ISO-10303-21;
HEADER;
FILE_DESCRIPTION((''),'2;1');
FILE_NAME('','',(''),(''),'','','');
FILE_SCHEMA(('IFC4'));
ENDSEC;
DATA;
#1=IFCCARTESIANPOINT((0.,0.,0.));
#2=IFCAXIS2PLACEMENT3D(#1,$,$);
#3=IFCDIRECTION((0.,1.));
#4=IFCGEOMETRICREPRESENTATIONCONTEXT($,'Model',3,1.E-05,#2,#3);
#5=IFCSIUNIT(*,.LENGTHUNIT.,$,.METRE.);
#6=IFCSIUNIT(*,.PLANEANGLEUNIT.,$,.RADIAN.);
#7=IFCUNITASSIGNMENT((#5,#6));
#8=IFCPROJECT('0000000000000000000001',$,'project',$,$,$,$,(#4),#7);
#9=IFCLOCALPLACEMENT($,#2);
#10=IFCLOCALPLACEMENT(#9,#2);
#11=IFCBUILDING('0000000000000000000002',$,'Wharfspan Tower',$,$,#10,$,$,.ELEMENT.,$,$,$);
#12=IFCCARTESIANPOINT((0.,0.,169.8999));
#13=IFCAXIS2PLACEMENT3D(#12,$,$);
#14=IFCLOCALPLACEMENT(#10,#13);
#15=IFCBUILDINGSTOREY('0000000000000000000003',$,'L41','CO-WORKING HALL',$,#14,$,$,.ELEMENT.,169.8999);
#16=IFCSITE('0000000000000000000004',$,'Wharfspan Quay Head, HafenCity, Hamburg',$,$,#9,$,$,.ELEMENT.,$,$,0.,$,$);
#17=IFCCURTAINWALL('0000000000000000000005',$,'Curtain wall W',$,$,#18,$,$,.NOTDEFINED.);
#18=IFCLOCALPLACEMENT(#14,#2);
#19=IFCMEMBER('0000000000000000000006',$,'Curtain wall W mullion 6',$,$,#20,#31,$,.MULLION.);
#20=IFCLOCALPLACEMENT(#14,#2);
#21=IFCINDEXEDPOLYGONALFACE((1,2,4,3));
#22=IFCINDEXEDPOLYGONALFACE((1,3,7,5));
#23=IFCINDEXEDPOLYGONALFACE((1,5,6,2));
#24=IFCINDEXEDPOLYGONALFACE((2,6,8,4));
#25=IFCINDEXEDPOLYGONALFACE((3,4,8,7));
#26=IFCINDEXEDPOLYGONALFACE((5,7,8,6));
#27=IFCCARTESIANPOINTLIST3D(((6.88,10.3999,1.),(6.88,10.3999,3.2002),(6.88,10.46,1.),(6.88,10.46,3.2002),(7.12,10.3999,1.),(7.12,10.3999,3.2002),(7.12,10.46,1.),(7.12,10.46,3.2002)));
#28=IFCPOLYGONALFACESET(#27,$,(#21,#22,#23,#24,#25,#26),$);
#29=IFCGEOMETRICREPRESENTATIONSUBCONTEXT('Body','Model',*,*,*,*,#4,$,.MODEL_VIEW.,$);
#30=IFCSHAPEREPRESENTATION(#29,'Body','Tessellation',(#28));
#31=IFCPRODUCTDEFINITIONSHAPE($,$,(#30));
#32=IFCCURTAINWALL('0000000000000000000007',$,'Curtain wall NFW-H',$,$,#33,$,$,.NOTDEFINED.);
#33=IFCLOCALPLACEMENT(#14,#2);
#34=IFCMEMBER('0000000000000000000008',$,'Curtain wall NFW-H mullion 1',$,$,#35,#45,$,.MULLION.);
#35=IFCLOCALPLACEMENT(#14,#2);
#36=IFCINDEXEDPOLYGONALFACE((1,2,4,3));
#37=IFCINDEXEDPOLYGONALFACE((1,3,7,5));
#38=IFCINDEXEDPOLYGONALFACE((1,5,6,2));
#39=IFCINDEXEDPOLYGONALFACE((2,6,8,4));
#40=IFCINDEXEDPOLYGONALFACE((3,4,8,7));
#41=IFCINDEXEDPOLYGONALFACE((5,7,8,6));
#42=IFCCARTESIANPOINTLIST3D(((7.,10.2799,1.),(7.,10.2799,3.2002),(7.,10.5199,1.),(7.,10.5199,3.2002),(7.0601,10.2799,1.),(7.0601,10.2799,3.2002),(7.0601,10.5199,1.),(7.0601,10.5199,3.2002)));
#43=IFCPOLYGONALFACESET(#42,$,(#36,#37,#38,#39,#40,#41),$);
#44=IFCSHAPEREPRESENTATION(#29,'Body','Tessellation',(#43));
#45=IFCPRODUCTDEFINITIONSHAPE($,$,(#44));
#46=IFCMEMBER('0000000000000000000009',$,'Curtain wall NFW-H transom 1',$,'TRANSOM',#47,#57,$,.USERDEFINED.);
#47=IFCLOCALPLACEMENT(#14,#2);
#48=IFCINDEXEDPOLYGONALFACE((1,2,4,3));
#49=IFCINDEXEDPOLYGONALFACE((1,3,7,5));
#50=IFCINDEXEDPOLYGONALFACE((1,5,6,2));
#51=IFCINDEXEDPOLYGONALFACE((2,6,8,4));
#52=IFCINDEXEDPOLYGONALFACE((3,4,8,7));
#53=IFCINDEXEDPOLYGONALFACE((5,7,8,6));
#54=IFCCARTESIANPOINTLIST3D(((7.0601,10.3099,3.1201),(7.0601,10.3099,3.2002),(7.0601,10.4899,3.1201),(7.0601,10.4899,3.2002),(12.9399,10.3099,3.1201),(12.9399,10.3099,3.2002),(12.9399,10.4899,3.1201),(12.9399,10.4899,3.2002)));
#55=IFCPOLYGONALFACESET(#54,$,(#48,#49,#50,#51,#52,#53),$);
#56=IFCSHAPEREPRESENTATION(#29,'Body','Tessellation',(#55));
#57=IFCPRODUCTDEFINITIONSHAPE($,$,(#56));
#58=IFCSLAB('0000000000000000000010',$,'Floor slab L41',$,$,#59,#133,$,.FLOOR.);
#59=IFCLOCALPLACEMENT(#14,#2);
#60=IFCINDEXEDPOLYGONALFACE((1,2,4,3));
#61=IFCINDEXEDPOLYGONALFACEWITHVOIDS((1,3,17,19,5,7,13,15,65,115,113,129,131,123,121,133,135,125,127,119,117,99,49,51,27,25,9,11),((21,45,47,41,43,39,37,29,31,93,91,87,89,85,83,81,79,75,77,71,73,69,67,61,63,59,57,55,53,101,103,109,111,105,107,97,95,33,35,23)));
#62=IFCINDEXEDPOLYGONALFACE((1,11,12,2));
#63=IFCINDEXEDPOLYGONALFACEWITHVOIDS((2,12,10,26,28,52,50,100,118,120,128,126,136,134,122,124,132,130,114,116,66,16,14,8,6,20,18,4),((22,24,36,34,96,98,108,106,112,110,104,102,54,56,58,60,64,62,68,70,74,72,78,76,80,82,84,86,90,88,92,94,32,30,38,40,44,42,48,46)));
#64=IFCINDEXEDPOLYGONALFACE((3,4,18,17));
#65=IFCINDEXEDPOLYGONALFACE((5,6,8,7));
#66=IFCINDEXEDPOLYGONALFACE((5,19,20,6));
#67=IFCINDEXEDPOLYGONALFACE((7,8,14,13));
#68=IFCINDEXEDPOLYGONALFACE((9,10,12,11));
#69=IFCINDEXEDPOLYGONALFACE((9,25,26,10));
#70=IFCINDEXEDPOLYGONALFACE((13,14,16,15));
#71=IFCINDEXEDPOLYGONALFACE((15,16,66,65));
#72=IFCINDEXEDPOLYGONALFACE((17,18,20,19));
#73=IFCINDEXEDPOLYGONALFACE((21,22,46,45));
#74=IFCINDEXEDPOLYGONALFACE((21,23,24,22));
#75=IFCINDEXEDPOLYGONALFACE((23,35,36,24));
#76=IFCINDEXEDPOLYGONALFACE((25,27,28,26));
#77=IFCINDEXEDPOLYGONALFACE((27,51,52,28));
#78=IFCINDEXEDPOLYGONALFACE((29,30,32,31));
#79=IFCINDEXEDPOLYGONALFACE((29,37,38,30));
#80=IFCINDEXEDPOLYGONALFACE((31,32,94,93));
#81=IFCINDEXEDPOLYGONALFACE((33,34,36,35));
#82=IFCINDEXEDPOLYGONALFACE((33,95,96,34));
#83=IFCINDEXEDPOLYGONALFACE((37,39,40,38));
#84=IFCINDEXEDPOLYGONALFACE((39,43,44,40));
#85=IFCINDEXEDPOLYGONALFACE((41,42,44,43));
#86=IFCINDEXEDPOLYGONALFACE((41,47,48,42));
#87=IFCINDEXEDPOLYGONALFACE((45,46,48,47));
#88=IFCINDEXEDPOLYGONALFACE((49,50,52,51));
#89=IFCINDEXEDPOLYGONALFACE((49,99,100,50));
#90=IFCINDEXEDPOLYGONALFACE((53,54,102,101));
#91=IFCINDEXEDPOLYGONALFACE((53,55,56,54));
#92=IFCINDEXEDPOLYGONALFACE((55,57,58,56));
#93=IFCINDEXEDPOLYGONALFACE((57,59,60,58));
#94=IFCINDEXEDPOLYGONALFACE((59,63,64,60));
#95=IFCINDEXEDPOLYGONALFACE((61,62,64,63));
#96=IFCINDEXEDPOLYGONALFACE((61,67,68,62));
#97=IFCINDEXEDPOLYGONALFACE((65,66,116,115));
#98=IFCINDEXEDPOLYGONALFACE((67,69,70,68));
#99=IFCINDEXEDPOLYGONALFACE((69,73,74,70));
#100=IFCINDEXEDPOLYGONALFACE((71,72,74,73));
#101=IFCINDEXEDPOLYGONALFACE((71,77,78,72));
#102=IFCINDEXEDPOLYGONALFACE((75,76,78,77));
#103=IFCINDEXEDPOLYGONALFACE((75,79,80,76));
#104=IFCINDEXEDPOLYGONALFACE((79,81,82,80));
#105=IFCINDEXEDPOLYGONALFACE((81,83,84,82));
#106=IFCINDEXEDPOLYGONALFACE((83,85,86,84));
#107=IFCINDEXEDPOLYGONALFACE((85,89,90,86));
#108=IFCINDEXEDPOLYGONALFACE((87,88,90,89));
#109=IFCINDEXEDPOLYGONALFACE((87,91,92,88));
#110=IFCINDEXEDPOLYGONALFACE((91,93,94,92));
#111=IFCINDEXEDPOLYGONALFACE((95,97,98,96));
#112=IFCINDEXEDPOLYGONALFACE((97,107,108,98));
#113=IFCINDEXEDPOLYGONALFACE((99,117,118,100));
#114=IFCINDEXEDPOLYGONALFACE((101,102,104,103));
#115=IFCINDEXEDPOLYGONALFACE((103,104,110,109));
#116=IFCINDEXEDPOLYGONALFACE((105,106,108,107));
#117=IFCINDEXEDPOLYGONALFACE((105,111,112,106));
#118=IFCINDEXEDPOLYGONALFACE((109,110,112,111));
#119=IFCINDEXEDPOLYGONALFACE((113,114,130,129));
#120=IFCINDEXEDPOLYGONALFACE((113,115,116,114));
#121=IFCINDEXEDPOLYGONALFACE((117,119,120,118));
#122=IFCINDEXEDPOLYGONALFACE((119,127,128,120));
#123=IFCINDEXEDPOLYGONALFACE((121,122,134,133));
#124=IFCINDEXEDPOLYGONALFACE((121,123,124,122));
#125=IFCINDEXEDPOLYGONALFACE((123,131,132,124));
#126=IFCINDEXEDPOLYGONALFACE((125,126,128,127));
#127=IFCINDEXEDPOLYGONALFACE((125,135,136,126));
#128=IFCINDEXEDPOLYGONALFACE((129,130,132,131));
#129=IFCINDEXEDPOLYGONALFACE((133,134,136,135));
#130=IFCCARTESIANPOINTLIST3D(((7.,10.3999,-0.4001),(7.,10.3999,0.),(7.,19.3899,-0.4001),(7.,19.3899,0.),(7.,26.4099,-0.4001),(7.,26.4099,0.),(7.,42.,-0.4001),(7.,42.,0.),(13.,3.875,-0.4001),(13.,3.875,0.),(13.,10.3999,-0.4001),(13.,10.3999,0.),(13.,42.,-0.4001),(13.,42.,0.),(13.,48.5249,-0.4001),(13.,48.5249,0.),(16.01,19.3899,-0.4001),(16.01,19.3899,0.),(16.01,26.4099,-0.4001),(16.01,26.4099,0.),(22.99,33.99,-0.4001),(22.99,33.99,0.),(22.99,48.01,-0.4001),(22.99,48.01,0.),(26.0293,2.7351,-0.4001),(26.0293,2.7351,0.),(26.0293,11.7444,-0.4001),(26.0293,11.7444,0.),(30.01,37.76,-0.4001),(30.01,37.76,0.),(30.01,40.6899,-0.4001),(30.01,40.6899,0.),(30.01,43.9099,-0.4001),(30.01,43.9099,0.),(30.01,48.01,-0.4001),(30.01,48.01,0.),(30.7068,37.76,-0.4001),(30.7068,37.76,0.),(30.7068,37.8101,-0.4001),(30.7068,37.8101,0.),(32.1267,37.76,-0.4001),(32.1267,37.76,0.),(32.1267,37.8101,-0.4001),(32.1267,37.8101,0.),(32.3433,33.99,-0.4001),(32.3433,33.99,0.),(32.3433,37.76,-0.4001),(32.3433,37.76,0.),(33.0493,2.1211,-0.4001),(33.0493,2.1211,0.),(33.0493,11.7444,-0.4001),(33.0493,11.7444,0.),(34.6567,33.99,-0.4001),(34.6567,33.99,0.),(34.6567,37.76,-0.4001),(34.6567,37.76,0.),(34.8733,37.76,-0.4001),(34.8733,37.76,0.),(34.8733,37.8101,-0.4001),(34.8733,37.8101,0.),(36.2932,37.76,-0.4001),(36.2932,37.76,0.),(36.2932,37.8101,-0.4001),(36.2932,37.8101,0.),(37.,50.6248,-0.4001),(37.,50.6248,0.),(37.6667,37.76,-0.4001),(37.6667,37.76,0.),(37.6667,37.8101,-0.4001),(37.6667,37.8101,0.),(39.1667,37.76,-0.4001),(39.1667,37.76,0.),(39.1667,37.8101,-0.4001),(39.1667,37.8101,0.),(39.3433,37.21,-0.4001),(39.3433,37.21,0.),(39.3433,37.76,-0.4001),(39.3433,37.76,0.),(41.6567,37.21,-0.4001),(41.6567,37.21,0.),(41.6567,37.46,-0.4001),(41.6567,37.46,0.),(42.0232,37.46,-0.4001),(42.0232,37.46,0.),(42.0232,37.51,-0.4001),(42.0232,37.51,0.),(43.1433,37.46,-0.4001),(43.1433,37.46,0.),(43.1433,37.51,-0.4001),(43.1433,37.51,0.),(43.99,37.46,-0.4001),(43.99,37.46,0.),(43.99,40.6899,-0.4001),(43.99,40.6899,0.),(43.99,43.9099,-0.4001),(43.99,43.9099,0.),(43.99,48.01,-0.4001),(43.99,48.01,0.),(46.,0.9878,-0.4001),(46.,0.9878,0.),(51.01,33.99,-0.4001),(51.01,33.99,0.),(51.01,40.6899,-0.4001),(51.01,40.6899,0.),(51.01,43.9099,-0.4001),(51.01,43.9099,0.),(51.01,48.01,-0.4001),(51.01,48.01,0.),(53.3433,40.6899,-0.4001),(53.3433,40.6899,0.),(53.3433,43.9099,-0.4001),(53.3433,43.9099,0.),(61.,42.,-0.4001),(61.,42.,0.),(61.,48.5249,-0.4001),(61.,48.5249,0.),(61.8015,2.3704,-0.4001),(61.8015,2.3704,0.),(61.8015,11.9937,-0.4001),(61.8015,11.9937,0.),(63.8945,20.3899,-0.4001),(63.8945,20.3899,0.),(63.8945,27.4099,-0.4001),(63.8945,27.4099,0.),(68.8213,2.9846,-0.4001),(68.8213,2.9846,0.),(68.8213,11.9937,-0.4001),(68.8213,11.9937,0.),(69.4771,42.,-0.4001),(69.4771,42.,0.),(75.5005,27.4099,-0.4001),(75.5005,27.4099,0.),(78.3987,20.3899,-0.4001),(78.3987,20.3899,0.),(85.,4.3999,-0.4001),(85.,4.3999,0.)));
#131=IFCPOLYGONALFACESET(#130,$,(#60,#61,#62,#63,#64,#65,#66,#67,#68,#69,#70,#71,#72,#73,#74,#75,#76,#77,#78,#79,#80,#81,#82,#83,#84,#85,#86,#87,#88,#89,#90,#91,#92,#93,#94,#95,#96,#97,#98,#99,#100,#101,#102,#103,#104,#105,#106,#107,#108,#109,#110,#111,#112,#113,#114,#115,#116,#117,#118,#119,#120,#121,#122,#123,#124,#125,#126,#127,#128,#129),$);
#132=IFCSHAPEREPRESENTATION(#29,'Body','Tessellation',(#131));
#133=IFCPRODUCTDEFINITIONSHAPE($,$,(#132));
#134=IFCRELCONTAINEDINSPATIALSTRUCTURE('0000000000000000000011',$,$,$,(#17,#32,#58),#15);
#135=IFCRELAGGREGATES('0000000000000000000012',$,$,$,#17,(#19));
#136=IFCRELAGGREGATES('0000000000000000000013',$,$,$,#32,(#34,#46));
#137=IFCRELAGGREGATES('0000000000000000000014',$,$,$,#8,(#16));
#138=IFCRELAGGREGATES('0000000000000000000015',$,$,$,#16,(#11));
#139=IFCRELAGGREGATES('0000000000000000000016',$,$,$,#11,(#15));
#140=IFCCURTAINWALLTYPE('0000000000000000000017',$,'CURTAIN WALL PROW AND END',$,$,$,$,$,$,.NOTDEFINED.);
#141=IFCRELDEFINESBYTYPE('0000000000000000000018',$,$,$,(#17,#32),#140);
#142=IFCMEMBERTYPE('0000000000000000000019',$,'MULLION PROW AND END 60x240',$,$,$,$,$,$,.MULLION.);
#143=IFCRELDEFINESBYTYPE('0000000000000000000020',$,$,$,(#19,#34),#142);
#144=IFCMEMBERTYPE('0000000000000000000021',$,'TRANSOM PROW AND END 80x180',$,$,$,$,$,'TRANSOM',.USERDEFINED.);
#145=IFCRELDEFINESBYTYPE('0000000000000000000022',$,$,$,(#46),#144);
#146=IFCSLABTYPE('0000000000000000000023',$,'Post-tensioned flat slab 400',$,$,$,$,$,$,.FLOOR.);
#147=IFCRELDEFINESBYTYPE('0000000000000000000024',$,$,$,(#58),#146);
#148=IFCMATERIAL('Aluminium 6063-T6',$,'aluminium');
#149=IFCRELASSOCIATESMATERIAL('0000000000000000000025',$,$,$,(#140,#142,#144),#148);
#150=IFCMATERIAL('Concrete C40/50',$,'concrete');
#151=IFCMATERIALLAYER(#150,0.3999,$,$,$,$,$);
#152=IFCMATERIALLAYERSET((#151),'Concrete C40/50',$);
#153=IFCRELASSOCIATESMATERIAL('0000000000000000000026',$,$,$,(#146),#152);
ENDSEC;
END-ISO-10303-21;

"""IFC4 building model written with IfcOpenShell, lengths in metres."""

from ifc_helpers import new_model, si_unit, direction, frame, origin, origin_2d, place, context, subcontext, project, spatial, polyline, rectangle, outline, extrude, material, layer, layer_set, material_profile, profile_set, type_object, element, aggregate, save


model = new_model("IFC4")

# Units and contexts
model_context = context("Model", 3, precision=1e-05, world=origin(), true_north=direction((0.0, 1.0)))
body_context = subcontext(model_context, "Body", "Model", "MODEL_VIEW")
ifc_project = project(units=[si_unit("LENGTHUNIT", "METRE"), si_unit("PLANEANGLEUNIT", "RADIAN")], contexts=[model_context])

# Site, building, storey
site_placement = place(None, origin())
site = spatial("IfcSite", under=ifc_project, at=site_placement, Name="Wharfspan Quay Head, HafenCity, Hamburg", CompositionType="ELEMENT", RefElevation=0.0)
building_placement = place(site_placement, origin())
building = spatial("IfcBuilding", under=site, at=building_placement, Name="Wharfspan Tower", CompositionType="ELEMENT")
storey_placement = place(building_placement, frame((0.0, 0.0, 169.8999)))
storey = spatial("IfcBuildingStorey", under=building, at=storey_placement, Name="L41", Description="CO-WORKING HALL", CompositionType="ELEMENT", Elevation=169.8999)

# Curtain wall, member
ifc_material_1 = material(Name="Aluminium 6063-T6", Category="aluminium")
curtain_wall_type = type_object("IfcCurtainWallType", Name="CURTAIN WALL PROW AND END", PredefinedType="NOTDEFINED", material=ifc_material_1)
curtain_wall_1_placement = place(storey_placement, origin())
curtain_wall_1 = element("IfcCurtainWall", 1, at=curtain_wall_1_placement, inside=storey, type_object=curtain_wall_type, Name="Curtain wall W", PredefinedType="NOTDEFINED")
ifc_material_profile_1 = material_profile(ifc_material_1, rectangle(XDim=0.24, YDim=0.0601, at=origin_2d()))
ifc_profile_set_1 = profile_set([ifc_material_profile_1], Name="Aluminium 6063-T6")
member_type_1 = type_object("IfcMemberType", Name="MULLION PROW AND END 60x240", PredefinedType="MULLION", material=ifc_profile_set_1)
member_1_placement = place(storey_placement, frame((7.0, 10.4299, 1.0), z_axis=(0.0, 0.0, 1.0), x_axis=(1.0, 0.0, 0.0)))
member_1 = element("IfcMember", 2, at=member_1_placement, type_object=member_type_1, Name="Curtain wall W mullion 6", PredefinedType="MULLION", context=body_context, shape_type="SweptSolid", body=[
    extrude(rectangle(XDim=0.24, YDim=0.0601, at=origin_2d()), origin(), (0.0, 0.0, 1.0), 2.2002),
])
aggregate(curtain_wall_1, [member_1])

# Curtain wall, members
curtain_wall_2_placement = place(storey_placement, origin())
curtain_wall_2 = element("IfcCurtainWall", 3, at=curtain_wall_2_placement, inside=storey, type_object=curtain_wall_type, Name="Curtain wall NFW-H", PredefinedType="NOTDEFINED")
member_2_placement = place(storey_placement, frame((7.03, 10.3999, 1.0), z_axis=(0.0, 0.0, 1.0), x_axis=(0.0, 1.0, 0.0)))
member_2 = element("IfcMember", 4, at=member_2_placement, type_object=member_type_1, Name="Curtain wall NFW-H mullion 1", PredefinedType="MULLION", context=body_context, shape_type="SweptSolid", body=[
    extrude(rectangle(XDim=0.24, YDim=0.0601, at=origin_2d()), origin(), (0.0, 0.0, 1.0), 2.2002),
])
ifc_material_profile_2 = material_profile(ifc_material_1, rectangle(XDim=0.1799, YDim=0.0801, at=origin_2d()))
ifc_profile_set_2 = profile_set([ifc_material_profile_2], Name="Aluminium 6063-T6")
member_type_2 = type_object("IfcMemberType", Name="TRANSOM PROW AND END 80x180", ElementType="TRANSOM", PredefinedType="USERDEFINED", material=ifc_profile_set_2)
member_3_placement = place(storey_placement, frame((7.0601, 10.3999, 3.1602), z_axis=(1.0, 0.0, 0.0), x_axis=(0.0, 1.0, 0.0)))
member_3 = element("IfcMember", 5, at=member_3_placement, type_object=member_type_2, Name="Curtain wall NFW-H transom 1", ObjectType="TRANSOM", PredefinedType="USERDEFINED", context=body_context, shape_type="SweptSolid", body=[
    extrude(rectangle(XDim=0.1799, YDim=0.0801, at=origin_2d()), origin(), (0.0, 0.0, 1.0), 5.8799),
])
aggregate(curtain_wall_2, [member_2, member_3])

# Slab
ifc_material_2 = material(Name="Concrete C40/50", Category="concrete")
ifc_layer_1 = layer(ifc_material_2, 0.3999)
ifc_layer_set_1 = layer_set([ifc_layer_1], Name="Concrete C40/50")
slab_type_1 = type_object("IfcSlabType", Name="Post-tensioned flat slab 400", PredefinedType="FLOOR", material=ifc_layer_set_1)
slab_1_placement = place(storey_placement, frame((0.0, 0.0, -0.4001)))
element("IfcSlab", 6, at=slab_1_placement, inside=storey, type_object=slab_type_1, Name="Floor slab L41", PredefinedType="FLOOR", context=body_context, shape_type="SweptSolid", body=[
    extrude(outline(polyline([(26.0293, 2.7351), (26.0293, 11.7444), (33.0493, 11.7444), (33.0493, 2.1211), (46.0, 0.9878), (61.8015, 2.3704), (61.8015, 11.9937), (68.8213, 11.9937), (68.8213, 2.9846), (85.0, 4.3999), (78.3987, 20.3899), (63.8945, 20.3899), (63.8945, 27.4099), (75.5005, 27.4099), (69.4771, 42.0), (61.0, 42.0), (61.0, 48.5249), (37.0, 50.6248), (13.0, 48.5249), (13.0, 42.0), (7.0, 42.0), (7.0, 26.4099), (16.01, 26.4099), (16.01, 19.3899), (7.0, 19.3899), (7.0, 10.3999), (13.0, 10.3999), (13.0, 3.875), (26.0293, 2.7351)]), holes=[polyline([(32.1267, 37.76), (32.3433, 37.76), (32.3433, 33.99), (22.99, 33.99), (22.99, 48.01), (30.01, 48.01), (30.01, 43.9099), (43.99, 43.9099), (43.99, 48.01), (51.01, 48.01), (51.01, 43.9099), (53.3433, 43.9099), (53.3433, 40.6899), (51.01, 40.6899), (51.01, 33.99), (34.6567, 33.99), (34.6567, 37.76), (34.8733, 37.76), (34.8733, 37.8101), (36.2932, 37.8101), (36.2932, 37.76), (37.6667, 37.76), (37.6667, 37.8101), (39.1667, 37.8101), (39.1667, 37.76), (39.3433, 37.76), (39.3433, 37.21), (41.6567, 37.21), (41.6567, 37.46), (42.0232, 37.46), (42.0232, 37.51), (43.1433, 37.51), (43.1433, 37.46), (43.99, 37.46), (43.99, 40.6899), (30.01, 40.6899), (30.01, 37.76), (30.7068, 37.76), (30.7068, 37.8101), (32.1267, 37.8101), (32.1267, 37.76)])]), origin(), (0.0, 0.0, 1.0), 0.4001),
])

save(model, "model.ifc")
